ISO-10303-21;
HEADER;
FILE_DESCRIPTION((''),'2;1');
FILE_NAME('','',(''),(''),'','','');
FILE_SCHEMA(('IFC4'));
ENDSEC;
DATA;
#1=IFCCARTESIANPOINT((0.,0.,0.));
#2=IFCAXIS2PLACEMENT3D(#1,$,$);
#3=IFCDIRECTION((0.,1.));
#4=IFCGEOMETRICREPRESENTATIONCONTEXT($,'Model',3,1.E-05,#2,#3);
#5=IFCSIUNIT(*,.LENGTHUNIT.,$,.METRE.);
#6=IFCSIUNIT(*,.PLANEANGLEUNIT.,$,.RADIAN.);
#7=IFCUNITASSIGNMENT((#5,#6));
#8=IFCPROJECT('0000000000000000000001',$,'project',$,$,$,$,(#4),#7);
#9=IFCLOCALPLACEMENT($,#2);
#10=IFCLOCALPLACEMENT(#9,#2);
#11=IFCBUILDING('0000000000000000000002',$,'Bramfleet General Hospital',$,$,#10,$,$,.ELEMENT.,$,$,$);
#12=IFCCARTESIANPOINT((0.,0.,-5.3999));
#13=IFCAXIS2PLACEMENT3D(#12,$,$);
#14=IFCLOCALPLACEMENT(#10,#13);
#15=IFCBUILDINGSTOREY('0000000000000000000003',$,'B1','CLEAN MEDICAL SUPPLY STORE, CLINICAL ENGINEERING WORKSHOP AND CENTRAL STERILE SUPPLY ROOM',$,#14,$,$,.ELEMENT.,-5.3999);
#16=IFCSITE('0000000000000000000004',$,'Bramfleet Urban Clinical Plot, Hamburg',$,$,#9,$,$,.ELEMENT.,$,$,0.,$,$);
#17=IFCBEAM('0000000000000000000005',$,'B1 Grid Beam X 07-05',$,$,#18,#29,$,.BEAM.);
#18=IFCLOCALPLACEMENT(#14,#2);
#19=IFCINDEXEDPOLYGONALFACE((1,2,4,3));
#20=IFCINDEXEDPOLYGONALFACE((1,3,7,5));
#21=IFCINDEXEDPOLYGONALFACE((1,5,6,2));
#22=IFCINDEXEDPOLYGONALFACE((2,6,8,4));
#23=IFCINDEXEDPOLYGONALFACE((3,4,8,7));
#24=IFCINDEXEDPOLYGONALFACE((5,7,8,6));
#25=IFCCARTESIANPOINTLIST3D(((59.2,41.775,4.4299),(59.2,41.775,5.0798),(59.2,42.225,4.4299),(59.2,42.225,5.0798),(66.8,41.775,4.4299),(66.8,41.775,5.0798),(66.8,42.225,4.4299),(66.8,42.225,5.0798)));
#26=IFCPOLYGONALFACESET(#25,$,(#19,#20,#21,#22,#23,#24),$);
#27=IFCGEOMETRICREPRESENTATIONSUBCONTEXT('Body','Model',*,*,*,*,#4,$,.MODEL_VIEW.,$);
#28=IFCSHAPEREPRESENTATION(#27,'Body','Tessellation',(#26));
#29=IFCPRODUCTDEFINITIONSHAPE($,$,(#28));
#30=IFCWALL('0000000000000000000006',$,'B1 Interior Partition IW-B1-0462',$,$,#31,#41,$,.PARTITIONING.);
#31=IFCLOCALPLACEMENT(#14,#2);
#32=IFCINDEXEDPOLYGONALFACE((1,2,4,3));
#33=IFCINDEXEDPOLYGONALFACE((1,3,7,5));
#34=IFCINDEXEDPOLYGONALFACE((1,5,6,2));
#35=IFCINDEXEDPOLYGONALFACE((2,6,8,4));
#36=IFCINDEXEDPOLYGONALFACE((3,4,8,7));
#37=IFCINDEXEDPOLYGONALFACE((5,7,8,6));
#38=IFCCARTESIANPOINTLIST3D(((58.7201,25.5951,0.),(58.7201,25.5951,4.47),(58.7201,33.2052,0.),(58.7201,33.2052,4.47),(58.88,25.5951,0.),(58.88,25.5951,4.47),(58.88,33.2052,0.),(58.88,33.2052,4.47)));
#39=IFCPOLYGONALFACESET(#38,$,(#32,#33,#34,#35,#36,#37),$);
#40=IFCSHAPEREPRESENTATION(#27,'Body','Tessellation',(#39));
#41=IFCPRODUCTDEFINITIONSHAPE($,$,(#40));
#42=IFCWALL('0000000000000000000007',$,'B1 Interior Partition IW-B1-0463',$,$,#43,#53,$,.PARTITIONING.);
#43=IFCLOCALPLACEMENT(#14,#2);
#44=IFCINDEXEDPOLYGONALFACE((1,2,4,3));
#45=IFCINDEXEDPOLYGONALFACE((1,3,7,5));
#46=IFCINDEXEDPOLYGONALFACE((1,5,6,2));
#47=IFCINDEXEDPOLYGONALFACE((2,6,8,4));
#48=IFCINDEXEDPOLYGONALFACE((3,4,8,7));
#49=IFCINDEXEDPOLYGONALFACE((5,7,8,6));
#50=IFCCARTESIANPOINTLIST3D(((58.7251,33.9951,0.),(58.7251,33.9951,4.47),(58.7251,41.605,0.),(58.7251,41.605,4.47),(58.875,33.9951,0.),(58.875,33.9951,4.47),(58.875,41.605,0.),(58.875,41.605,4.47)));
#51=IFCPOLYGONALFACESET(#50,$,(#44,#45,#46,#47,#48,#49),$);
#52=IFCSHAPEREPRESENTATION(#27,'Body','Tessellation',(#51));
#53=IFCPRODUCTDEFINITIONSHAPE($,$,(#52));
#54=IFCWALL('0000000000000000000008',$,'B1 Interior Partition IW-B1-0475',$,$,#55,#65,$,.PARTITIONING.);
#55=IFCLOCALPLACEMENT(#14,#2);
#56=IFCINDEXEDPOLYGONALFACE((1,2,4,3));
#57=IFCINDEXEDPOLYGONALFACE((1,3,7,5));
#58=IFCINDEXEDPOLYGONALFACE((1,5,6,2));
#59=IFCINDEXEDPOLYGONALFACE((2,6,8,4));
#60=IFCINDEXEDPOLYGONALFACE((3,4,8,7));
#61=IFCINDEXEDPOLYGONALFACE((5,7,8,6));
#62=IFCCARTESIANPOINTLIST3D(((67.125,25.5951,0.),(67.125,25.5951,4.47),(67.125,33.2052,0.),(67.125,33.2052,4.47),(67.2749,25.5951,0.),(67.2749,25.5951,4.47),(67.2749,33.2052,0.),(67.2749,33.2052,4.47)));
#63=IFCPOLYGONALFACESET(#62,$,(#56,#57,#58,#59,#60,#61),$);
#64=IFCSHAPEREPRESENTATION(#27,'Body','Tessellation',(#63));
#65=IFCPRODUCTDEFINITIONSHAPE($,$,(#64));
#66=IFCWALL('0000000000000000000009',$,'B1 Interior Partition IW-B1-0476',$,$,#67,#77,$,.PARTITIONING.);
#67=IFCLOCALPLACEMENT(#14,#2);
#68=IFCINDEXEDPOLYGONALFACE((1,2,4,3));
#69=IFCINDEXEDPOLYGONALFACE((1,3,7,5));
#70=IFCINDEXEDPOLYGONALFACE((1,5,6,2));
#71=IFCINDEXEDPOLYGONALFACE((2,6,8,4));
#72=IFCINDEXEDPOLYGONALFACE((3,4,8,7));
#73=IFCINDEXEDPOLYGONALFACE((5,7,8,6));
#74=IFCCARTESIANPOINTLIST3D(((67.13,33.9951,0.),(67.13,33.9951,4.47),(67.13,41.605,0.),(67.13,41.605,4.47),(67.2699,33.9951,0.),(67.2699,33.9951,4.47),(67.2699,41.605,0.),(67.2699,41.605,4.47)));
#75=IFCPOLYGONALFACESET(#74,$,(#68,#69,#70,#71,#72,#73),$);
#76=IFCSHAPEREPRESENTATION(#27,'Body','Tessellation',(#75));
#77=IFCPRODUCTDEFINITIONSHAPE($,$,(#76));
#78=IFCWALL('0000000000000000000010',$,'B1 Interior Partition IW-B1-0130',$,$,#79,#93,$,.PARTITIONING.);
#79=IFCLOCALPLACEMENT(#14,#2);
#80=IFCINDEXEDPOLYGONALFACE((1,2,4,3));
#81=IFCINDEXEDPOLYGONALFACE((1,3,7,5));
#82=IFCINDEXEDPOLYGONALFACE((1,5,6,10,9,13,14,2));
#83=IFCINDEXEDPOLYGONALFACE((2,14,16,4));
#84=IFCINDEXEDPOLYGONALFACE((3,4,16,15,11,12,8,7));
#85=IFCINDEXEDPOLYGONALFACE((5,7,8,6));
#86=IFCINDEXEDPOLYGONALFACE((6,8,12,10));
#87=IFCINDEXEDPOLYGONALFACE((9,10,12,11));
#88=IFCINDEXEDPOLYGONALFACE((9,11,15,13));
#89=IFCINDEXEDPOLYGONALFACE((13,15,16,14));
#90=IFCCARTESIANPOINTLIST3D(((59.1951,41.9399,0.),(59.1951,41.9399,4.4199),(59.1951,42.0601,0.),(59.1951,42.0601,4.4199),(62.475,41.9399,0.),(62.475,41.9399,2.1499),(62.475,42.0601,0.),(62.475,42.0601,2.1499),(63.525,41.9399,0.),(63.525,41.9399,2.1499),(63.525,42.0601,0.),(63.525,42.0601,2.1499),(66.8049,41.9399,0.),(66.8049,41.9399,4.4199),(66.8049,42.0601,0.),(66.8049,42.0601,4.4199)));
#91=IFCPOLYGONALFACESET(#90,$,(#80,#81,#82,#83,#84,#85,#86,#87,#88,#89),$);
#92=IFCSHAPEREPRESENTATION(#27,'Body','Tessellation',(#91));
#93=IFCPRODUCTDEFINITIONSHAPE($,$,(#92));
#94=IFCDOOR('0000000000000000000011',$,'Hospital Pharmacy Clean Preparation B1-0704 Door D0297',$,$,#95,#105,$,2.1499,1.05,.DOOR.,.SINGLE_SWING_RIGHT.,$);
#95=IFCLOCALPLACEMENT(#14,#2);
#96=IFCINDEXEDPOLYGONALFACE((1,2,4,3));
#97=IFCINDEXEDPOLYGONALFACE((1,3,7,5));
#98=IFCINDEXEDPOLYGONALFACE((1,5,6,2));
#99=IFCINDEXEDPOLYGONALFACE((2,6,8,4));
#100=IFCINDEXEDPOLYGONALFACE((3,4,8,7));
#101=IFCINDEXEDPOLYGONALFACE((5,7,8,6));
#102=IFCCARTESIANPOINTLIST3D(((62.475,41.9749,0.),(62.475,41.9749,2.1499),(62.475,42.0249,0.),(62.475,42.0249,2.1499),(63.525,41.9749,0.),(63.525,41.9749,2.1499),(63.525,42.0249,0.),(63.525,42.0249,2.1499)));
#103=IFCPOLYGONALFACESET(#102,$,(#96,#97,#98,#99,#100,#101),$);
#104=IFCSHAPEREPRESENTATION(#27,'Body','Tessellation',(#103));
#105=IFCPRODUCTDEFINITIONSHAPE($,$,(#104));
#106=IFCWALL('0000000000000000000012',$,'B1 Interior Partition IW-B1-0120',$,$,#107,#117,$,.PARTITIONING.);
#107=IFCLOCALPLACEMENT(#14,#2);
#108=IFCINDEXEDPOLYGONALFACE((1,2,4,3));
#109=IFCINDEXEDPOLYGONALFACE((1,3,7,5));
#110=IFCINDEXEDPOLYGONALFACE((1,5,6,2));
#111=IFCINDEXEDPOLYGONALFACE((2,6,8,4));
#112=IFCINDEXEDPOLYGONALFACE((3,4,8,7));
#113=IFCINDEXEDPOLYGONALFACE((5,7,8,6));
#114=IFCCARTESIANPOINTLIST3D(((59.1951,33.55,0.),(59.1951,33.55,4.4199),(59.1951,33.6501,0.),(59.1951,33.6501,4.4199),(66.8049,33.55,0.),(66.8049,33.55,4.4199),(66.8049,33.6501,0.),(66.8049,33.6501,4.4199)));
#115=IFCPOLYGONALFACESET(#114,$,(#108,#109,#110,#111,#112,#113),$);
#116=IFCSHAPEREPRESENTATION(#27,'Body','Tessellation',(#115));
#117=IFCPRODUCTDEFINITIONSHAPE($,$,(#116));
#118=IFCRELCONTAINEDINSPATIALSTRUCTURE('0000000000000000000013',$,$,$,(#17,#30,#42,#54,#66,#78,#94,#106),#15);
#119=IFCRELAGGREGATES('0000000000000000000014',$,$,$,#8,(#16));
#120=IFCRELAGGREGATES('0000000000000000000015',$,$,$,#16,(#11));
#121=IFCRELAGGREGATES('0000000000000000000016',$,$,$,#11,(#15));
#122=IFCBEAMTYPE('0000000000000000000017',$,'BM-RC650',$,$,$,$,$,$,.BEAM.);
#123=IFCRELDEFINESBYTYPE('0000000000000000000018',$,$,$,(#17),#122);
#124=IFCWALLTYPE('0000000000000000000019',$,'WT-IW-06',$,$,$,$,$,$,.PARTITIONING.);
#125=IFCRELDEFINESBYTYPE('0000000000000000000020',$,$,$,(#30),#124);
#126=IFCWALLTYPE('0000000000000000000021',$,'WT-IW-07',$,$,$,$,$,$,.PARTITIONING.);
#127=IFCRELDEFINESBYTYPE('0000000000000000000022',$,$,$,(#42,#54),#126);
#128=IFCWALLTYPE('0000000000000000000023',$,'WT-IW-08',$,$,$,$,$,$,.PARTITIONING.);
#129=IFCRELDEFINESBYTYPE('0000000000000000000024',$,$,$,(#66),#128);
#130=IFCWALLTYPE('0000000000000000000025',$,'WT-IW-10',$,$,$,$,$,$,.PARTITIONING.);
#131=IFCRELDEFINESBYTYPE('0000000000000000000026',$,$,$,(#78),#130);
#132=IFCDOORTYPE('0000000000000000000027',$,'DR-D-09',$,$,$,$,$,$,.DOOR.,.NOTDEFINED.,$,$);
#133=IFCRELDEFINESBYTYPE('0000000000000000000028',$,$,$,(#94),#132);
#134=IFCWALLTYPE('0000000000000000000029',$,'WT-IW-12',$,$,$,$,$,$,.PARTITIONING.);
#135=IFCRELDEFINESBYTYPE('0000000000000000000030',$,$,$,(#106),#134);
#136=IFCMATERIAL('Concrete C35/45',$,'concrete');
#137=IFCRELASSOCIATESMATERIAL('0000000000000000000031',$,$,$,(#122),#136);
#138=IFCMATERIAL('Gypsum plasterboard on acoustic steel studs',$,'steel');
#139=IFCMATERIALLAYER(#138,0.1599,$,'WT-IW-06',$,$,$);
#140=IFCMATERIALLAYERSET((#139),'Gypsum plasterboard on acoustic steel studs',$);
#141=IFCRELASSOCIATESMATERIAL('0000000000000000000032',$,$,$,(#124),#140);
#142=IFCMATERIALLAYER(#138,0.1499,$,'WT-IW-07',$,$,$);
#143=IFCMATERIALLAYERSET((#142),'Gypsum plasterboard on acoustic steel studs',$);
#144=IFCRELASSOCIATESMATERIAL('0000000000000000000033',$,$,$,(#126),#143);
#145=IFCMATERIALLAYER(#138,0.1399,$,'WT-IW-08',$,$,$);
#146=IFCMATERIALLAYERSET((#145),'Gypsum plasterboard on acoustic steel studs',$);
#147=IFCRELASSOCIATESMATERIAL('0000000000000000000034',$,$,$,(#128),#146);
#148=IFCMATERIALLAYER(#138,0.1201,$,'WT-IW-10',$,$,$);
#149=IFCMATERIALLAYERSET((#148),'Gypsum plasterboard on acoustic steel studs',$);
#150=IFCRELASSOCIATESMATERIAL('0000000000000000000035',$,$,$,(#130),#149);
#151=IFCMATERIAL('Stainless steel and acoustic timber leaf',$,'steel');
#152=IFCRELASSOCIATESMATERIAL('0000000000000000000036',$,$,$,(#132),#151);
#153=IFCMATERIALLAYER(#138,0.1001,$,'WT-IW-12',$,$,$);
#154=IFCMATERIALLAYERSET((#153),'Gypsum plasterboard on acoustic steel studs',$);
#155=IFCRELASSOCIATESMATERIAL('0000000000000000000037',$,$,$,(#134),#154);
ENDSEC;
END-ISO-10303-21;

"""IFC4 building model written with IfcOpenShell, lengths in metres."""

from ifc_helpers import new_model, si_unit, direction, frame, frame_2d, origin, origin_2d, place, context, subcontext, project, spatial, rectangle, extrude, material, layer, layer_set, material_profile, profile_set, type_object, element, fill, save


model = new_model("IFC4")

# Units and contexts
model_context = context("Model", 3, precision=1e-05, world=origin(), true_north=direction((0.0, 1.0)))
body_context = subcontext(model_context, "Body", "Model", "MODEL_VIEW")
ifc_project = project(units=[si_unit("LENGTHUNIT", "METRE"), si_unit("PLANEANGLEUNIT", "RADIAN")], contexts=[model_context])

# Site, building, storey
site_placement = place(None, origin())
site = spatial("IfcSite", under=ifc_project, at=site_placement, Name="Bramfleet Urban Clinical Plot, Hamburg", CompositionType="ELEMENT", RefElevation=0.0)
building_placement = place(site_placement, origin())
building = spatial("IfcBuilding", under=site, at=building_placement, Name="Bramfleet General Hospital", CompositionType="ELEMENT")
storey_placement = place(building_placement, frame((0.0, 0.0, -5.3999)))
storey = spatial("IfcBuildingStorey", under=building, at=storey_placement, Name="B1", Description="CLEAN MEDICAL SUPPLY STORE, CLINICAL ENGINEERING WORKSHOP AND CENTRAL STERILE SUPPLY ROOM", CompositionType="ELEMENT", Elevation=-5.3999)

# Shared definitions
ifc_material_1 = material(Name="Concrete C35/45", Category="concrete")

# Beam
ifc_material_profile_1 = material_profile(ifc_material_1, rectangle(XDim=0.45, YDim=0.6499, at=origin_2d()), Name="RC BM 650x450")
ifc_profile_set_1 = profile_set([ifc_material_profile_1], Name="Concrete C35/45")
beam_type_1 = type_object("IfcBeamType", Name="BM-RC650", PredefinedType="BEAM", material=ifc_profile_set_1)
for number, where, z_axis, x_axis, name in (
    (1, (59.2, 42.0, 4.7549), (1.0, 0.0, 0.0), (0.0, 1.0, 0.0), "B1 Grid Beam X 07-05"),
):
    element("IfcBeam", number, at=place(storey_placement, frame(where, z_axis=z_axis, x_axis=x_axis)), inside=storey, type_object=beam_type_1, Name=name, PredefinedType="BEAM", context=body_context, shape_type="SweptSolid", body=[
        extrude(rectangle(XDim=0.45, YDim=0.6499, at=origin_2d()), origin(), (0.0, 0.0, 1.0), 7.6001),
    ])

# Walls
ifc_material_2 = material(Name="Gypsum plasterboard on acoustic steel studs", Category="steel")
ifc_layer_1 = layer(ifc_material_2, 0.1599, Name="WT-IW-06")
ifc_layer_set_1 = layer_set([ifc_layer_1], Name="Gypsum plasterboard on acoustic steel studs")
wall_type_1 = type_object("IfcWallType", Name="WT-IW-06", PredefinedType="PARTITIONING", material=ifc_layer_set_1)
wall_1_placement = place(storey_placement, frame((58.8, 25.595, 0.0), z_axis=(0.0, 0.0, 1.0), x_axis=(0.0, 1.0, 0.0)))
element("IfcWall", 2, at=wall_1_placement, inside=storey, type_object=wall_type_1, Name="B1 Interior Partition IW-B1-0462", PredefinedType="PARTITIONING", context=body_context, shape_type="SweptSolid", body=[
    extrude(rectangle(XDim=7.6101, YDim=0.1599, at=frame_2d((3.8052, 0.0))), origin(), (0.0, 0.0, 1.0), 4.47),
])
ifc_layer_2 = layer(ifc_material_2, 0.1499, Name="WT-IW-07")
ifc_layer_set_2 = layer_set([ifc_layer_2], Name="Gypsum plasterboard on acoustic steel studs")
wall_type_2 = type_object("IfcWallType", Name="WT-IW-07", PredefinedType="PARTITIONING", material=ifc_layer_set_2)
wall_2_placement = place(storey_placement, frame((58.8, 33.9951, 0.0), z_axis=(0.0, 0.0, 1.0), x_axis=(0.0, 1.0, 0.0)))
element("IfcWall", 3, at=wall_2_placement, inside=storey, type_object=wall_type_2, Name="B1 Interior Partition IW-B1-0463", PredefinedType="PARTITIONING", context=body_context, shape_type="SweptSolid", body=[
    extrude(rectangle(XDim=7.6099, YDim=0.1499, at=frame_2d((3.8049, 0.0))), origin(), (0.0, 0.0, 1.0), 4.47),
])
wall_3_placement = place(storey_placement, frame((67.2, 25.595, 0.0), z_axis=(0.0, 0.0, 1.0), x_axis=(0.0, 1.0, 0.0)))
element("IfcWall", 4, at=wall_3_placement, inside=storey, type_object=wall_type_2, Name="B1 Interior Partition IW-B1-0475", PredefinedType="PARTITIONING", context=body_context, shape_type="SweptSolid", body=[
    extrude(rectangle(XDim=7.6101, YDim=0.1499, at=frame_2d((3.8052, 0.0))), origin(), (0.0, 0.0, 1.0), 4.47),
])
ifc_layer_3 = layer(ifc_material_2, 0.1399, Name="WT-IW-08")
ifc_layer_set_3 = layer_set([ifc_layer_3], Name="Gypsum plasterboard on acoustic steel studs")
wall_type_3 = type_object("IfcWallType", Name="WT-IW-08", PredefinedType="PARTITIONING", material=ifc_layer_set_3)
wall_4_placement = place(storey_placement, frame((67.2, 33.9951, 0.0), z_axis=(0.0, 0.0, 1.0), x_axis=(0.0, 1.0, 0.0)))
element("IfcWall", 5, at=wall_4_placement, inside=storey, type_object=wall_type_3, Name="B1 Interior Partition IW-B1-0476", PredefinedType="PARTITIONING", context=body_context, shape_type="SweptSolid", body=[
    extrude(rectangle(XDim=7.6099, YDim=0.1399, at=frame_2d((3.8049, 0.0))), origin(), (0.0, 0.0, 1.0), 4.47),
])

# Wall, opening, door
ifc_layer_4 = layer(ifc_material_2, 0.1201, Name="WT-IW-10")
ifc_layer_set_4 = layer_set([ifc_layer_4], Name="Gypsum plasterboard on acoustic steel studs")
wall_type_4 = type_object("IfcWallType", Name="WT-IW-10", PredefinedType="PARTITIONING", material=ifc_layer_set_4)
wall_5_placement = place(storey_placement, frame((59.1951, 42.0, 0.0), z_axis=(0.0, 0.0, 1.0), x_axis=(1.0, 0.0, 0.0)))
wall_5 = element("IfcWall", 6, at=wall_5_placement, inside=storey, type_object=wall_type_4, Name="B1 Interior Partition IW-B1-0130", PredefinedType="PARTITIONING", context=body_context, shape_type="SweptSolid", body=[
    extrude(rectangle(XDim=7.6099, YDim=0.1201, at=frame_2d((3.8049, 0.0))), origin(), (0.0, 0.0, 1.0), 4.4199),
])
opening_placement = place(wall_5_placement, frame((3.28, 0.0, 0.0)))
opening = element("IfcOpeningElement", 7, at=opening_placement, cuts=wall_5, PredefinedType="OPENING", context=body_context, shape_type="SweptSolid", body=[
    extrude(rectangle(XDim=1.05, YDim=2.1499, at=frame_2d((0.5249, 1.075))), frame((0.0, 0.0701, 0.0), z_axis=(0.0, -1.0, 0.0), x_axis=(1.0, 0.0, 0.0)), (0.0, 0.0, 1.0), 0.1401),
])
ifc_material_3 = material(Name="Stainless steel and acoustic timber leaf", Category="steel")
door_type = type_object("IfcDoorType", Name="DR-D-09", OperationType="NOTDEFINED", PredefinedType="DOOR", material=ifc_material_3)
door_placement = place(opening_placement, origin())
door = element("IfcDoor", 8, at=door_placement, inside=storey, type_object=door_type, Name="Hospital Pharmacy Clean Preparation B1-0704 Door D0297", OperationType="SINGLE_SWING_RIGHT", OverallHeight=2.1499, OverallWidth=1.05, PredefinedType="DOOR", context=body_context, shape_type="SweptSolid", body=[
    extrude(rectangle(XDim=1.05, YDim=2.1499, at=frame_2d((0.5249, 1.075))), frame((0.0, 0.0249, 0.0), z_axis=(0.0, -1.0, 0.0), x_axis=(1.0, 0.0, 0.0)), (0.0, 0.0, 1.0), 0.05),
])
fill(opening, door)

# Wall
ifc_layer_5 = layer(ifc_material_2, 0.1001, Name="WT-IW-12")
ifc_layer_set_5 = layer_set([ifc_layer_5], Name="Gypsum plasterboard on acoustic steel studs")
wall_type_5 = type_object("IfcWallType", Name="WT-IW-12", PredefinedType="PARTITIONING", material=ifc_layer_set_5)
wall_6_placement = place(storey_placement, frame((59.1951, 33.6001, 0.0), z_axis=(0.0, 0.0, 1.0), x_axis=(1.0, 0.0, 0.0)))
element("IfcWall", 9, at=wall_6_placement, inside=storey, type_object=wall_type_5, Name="B1 Interior Partition IW-B1-0120", PredefinedType="PARTITIONING", context=body_context, shape_type="SweptSolid", body=[
    extrude(rectangle(XDim=7.6099, YDim=0.1001, at=frame_2d((3.8049, 0.0))), origin(), (0.0, 0.0, 1.0), 4.4199),
])

save(model, "model.ifc")
